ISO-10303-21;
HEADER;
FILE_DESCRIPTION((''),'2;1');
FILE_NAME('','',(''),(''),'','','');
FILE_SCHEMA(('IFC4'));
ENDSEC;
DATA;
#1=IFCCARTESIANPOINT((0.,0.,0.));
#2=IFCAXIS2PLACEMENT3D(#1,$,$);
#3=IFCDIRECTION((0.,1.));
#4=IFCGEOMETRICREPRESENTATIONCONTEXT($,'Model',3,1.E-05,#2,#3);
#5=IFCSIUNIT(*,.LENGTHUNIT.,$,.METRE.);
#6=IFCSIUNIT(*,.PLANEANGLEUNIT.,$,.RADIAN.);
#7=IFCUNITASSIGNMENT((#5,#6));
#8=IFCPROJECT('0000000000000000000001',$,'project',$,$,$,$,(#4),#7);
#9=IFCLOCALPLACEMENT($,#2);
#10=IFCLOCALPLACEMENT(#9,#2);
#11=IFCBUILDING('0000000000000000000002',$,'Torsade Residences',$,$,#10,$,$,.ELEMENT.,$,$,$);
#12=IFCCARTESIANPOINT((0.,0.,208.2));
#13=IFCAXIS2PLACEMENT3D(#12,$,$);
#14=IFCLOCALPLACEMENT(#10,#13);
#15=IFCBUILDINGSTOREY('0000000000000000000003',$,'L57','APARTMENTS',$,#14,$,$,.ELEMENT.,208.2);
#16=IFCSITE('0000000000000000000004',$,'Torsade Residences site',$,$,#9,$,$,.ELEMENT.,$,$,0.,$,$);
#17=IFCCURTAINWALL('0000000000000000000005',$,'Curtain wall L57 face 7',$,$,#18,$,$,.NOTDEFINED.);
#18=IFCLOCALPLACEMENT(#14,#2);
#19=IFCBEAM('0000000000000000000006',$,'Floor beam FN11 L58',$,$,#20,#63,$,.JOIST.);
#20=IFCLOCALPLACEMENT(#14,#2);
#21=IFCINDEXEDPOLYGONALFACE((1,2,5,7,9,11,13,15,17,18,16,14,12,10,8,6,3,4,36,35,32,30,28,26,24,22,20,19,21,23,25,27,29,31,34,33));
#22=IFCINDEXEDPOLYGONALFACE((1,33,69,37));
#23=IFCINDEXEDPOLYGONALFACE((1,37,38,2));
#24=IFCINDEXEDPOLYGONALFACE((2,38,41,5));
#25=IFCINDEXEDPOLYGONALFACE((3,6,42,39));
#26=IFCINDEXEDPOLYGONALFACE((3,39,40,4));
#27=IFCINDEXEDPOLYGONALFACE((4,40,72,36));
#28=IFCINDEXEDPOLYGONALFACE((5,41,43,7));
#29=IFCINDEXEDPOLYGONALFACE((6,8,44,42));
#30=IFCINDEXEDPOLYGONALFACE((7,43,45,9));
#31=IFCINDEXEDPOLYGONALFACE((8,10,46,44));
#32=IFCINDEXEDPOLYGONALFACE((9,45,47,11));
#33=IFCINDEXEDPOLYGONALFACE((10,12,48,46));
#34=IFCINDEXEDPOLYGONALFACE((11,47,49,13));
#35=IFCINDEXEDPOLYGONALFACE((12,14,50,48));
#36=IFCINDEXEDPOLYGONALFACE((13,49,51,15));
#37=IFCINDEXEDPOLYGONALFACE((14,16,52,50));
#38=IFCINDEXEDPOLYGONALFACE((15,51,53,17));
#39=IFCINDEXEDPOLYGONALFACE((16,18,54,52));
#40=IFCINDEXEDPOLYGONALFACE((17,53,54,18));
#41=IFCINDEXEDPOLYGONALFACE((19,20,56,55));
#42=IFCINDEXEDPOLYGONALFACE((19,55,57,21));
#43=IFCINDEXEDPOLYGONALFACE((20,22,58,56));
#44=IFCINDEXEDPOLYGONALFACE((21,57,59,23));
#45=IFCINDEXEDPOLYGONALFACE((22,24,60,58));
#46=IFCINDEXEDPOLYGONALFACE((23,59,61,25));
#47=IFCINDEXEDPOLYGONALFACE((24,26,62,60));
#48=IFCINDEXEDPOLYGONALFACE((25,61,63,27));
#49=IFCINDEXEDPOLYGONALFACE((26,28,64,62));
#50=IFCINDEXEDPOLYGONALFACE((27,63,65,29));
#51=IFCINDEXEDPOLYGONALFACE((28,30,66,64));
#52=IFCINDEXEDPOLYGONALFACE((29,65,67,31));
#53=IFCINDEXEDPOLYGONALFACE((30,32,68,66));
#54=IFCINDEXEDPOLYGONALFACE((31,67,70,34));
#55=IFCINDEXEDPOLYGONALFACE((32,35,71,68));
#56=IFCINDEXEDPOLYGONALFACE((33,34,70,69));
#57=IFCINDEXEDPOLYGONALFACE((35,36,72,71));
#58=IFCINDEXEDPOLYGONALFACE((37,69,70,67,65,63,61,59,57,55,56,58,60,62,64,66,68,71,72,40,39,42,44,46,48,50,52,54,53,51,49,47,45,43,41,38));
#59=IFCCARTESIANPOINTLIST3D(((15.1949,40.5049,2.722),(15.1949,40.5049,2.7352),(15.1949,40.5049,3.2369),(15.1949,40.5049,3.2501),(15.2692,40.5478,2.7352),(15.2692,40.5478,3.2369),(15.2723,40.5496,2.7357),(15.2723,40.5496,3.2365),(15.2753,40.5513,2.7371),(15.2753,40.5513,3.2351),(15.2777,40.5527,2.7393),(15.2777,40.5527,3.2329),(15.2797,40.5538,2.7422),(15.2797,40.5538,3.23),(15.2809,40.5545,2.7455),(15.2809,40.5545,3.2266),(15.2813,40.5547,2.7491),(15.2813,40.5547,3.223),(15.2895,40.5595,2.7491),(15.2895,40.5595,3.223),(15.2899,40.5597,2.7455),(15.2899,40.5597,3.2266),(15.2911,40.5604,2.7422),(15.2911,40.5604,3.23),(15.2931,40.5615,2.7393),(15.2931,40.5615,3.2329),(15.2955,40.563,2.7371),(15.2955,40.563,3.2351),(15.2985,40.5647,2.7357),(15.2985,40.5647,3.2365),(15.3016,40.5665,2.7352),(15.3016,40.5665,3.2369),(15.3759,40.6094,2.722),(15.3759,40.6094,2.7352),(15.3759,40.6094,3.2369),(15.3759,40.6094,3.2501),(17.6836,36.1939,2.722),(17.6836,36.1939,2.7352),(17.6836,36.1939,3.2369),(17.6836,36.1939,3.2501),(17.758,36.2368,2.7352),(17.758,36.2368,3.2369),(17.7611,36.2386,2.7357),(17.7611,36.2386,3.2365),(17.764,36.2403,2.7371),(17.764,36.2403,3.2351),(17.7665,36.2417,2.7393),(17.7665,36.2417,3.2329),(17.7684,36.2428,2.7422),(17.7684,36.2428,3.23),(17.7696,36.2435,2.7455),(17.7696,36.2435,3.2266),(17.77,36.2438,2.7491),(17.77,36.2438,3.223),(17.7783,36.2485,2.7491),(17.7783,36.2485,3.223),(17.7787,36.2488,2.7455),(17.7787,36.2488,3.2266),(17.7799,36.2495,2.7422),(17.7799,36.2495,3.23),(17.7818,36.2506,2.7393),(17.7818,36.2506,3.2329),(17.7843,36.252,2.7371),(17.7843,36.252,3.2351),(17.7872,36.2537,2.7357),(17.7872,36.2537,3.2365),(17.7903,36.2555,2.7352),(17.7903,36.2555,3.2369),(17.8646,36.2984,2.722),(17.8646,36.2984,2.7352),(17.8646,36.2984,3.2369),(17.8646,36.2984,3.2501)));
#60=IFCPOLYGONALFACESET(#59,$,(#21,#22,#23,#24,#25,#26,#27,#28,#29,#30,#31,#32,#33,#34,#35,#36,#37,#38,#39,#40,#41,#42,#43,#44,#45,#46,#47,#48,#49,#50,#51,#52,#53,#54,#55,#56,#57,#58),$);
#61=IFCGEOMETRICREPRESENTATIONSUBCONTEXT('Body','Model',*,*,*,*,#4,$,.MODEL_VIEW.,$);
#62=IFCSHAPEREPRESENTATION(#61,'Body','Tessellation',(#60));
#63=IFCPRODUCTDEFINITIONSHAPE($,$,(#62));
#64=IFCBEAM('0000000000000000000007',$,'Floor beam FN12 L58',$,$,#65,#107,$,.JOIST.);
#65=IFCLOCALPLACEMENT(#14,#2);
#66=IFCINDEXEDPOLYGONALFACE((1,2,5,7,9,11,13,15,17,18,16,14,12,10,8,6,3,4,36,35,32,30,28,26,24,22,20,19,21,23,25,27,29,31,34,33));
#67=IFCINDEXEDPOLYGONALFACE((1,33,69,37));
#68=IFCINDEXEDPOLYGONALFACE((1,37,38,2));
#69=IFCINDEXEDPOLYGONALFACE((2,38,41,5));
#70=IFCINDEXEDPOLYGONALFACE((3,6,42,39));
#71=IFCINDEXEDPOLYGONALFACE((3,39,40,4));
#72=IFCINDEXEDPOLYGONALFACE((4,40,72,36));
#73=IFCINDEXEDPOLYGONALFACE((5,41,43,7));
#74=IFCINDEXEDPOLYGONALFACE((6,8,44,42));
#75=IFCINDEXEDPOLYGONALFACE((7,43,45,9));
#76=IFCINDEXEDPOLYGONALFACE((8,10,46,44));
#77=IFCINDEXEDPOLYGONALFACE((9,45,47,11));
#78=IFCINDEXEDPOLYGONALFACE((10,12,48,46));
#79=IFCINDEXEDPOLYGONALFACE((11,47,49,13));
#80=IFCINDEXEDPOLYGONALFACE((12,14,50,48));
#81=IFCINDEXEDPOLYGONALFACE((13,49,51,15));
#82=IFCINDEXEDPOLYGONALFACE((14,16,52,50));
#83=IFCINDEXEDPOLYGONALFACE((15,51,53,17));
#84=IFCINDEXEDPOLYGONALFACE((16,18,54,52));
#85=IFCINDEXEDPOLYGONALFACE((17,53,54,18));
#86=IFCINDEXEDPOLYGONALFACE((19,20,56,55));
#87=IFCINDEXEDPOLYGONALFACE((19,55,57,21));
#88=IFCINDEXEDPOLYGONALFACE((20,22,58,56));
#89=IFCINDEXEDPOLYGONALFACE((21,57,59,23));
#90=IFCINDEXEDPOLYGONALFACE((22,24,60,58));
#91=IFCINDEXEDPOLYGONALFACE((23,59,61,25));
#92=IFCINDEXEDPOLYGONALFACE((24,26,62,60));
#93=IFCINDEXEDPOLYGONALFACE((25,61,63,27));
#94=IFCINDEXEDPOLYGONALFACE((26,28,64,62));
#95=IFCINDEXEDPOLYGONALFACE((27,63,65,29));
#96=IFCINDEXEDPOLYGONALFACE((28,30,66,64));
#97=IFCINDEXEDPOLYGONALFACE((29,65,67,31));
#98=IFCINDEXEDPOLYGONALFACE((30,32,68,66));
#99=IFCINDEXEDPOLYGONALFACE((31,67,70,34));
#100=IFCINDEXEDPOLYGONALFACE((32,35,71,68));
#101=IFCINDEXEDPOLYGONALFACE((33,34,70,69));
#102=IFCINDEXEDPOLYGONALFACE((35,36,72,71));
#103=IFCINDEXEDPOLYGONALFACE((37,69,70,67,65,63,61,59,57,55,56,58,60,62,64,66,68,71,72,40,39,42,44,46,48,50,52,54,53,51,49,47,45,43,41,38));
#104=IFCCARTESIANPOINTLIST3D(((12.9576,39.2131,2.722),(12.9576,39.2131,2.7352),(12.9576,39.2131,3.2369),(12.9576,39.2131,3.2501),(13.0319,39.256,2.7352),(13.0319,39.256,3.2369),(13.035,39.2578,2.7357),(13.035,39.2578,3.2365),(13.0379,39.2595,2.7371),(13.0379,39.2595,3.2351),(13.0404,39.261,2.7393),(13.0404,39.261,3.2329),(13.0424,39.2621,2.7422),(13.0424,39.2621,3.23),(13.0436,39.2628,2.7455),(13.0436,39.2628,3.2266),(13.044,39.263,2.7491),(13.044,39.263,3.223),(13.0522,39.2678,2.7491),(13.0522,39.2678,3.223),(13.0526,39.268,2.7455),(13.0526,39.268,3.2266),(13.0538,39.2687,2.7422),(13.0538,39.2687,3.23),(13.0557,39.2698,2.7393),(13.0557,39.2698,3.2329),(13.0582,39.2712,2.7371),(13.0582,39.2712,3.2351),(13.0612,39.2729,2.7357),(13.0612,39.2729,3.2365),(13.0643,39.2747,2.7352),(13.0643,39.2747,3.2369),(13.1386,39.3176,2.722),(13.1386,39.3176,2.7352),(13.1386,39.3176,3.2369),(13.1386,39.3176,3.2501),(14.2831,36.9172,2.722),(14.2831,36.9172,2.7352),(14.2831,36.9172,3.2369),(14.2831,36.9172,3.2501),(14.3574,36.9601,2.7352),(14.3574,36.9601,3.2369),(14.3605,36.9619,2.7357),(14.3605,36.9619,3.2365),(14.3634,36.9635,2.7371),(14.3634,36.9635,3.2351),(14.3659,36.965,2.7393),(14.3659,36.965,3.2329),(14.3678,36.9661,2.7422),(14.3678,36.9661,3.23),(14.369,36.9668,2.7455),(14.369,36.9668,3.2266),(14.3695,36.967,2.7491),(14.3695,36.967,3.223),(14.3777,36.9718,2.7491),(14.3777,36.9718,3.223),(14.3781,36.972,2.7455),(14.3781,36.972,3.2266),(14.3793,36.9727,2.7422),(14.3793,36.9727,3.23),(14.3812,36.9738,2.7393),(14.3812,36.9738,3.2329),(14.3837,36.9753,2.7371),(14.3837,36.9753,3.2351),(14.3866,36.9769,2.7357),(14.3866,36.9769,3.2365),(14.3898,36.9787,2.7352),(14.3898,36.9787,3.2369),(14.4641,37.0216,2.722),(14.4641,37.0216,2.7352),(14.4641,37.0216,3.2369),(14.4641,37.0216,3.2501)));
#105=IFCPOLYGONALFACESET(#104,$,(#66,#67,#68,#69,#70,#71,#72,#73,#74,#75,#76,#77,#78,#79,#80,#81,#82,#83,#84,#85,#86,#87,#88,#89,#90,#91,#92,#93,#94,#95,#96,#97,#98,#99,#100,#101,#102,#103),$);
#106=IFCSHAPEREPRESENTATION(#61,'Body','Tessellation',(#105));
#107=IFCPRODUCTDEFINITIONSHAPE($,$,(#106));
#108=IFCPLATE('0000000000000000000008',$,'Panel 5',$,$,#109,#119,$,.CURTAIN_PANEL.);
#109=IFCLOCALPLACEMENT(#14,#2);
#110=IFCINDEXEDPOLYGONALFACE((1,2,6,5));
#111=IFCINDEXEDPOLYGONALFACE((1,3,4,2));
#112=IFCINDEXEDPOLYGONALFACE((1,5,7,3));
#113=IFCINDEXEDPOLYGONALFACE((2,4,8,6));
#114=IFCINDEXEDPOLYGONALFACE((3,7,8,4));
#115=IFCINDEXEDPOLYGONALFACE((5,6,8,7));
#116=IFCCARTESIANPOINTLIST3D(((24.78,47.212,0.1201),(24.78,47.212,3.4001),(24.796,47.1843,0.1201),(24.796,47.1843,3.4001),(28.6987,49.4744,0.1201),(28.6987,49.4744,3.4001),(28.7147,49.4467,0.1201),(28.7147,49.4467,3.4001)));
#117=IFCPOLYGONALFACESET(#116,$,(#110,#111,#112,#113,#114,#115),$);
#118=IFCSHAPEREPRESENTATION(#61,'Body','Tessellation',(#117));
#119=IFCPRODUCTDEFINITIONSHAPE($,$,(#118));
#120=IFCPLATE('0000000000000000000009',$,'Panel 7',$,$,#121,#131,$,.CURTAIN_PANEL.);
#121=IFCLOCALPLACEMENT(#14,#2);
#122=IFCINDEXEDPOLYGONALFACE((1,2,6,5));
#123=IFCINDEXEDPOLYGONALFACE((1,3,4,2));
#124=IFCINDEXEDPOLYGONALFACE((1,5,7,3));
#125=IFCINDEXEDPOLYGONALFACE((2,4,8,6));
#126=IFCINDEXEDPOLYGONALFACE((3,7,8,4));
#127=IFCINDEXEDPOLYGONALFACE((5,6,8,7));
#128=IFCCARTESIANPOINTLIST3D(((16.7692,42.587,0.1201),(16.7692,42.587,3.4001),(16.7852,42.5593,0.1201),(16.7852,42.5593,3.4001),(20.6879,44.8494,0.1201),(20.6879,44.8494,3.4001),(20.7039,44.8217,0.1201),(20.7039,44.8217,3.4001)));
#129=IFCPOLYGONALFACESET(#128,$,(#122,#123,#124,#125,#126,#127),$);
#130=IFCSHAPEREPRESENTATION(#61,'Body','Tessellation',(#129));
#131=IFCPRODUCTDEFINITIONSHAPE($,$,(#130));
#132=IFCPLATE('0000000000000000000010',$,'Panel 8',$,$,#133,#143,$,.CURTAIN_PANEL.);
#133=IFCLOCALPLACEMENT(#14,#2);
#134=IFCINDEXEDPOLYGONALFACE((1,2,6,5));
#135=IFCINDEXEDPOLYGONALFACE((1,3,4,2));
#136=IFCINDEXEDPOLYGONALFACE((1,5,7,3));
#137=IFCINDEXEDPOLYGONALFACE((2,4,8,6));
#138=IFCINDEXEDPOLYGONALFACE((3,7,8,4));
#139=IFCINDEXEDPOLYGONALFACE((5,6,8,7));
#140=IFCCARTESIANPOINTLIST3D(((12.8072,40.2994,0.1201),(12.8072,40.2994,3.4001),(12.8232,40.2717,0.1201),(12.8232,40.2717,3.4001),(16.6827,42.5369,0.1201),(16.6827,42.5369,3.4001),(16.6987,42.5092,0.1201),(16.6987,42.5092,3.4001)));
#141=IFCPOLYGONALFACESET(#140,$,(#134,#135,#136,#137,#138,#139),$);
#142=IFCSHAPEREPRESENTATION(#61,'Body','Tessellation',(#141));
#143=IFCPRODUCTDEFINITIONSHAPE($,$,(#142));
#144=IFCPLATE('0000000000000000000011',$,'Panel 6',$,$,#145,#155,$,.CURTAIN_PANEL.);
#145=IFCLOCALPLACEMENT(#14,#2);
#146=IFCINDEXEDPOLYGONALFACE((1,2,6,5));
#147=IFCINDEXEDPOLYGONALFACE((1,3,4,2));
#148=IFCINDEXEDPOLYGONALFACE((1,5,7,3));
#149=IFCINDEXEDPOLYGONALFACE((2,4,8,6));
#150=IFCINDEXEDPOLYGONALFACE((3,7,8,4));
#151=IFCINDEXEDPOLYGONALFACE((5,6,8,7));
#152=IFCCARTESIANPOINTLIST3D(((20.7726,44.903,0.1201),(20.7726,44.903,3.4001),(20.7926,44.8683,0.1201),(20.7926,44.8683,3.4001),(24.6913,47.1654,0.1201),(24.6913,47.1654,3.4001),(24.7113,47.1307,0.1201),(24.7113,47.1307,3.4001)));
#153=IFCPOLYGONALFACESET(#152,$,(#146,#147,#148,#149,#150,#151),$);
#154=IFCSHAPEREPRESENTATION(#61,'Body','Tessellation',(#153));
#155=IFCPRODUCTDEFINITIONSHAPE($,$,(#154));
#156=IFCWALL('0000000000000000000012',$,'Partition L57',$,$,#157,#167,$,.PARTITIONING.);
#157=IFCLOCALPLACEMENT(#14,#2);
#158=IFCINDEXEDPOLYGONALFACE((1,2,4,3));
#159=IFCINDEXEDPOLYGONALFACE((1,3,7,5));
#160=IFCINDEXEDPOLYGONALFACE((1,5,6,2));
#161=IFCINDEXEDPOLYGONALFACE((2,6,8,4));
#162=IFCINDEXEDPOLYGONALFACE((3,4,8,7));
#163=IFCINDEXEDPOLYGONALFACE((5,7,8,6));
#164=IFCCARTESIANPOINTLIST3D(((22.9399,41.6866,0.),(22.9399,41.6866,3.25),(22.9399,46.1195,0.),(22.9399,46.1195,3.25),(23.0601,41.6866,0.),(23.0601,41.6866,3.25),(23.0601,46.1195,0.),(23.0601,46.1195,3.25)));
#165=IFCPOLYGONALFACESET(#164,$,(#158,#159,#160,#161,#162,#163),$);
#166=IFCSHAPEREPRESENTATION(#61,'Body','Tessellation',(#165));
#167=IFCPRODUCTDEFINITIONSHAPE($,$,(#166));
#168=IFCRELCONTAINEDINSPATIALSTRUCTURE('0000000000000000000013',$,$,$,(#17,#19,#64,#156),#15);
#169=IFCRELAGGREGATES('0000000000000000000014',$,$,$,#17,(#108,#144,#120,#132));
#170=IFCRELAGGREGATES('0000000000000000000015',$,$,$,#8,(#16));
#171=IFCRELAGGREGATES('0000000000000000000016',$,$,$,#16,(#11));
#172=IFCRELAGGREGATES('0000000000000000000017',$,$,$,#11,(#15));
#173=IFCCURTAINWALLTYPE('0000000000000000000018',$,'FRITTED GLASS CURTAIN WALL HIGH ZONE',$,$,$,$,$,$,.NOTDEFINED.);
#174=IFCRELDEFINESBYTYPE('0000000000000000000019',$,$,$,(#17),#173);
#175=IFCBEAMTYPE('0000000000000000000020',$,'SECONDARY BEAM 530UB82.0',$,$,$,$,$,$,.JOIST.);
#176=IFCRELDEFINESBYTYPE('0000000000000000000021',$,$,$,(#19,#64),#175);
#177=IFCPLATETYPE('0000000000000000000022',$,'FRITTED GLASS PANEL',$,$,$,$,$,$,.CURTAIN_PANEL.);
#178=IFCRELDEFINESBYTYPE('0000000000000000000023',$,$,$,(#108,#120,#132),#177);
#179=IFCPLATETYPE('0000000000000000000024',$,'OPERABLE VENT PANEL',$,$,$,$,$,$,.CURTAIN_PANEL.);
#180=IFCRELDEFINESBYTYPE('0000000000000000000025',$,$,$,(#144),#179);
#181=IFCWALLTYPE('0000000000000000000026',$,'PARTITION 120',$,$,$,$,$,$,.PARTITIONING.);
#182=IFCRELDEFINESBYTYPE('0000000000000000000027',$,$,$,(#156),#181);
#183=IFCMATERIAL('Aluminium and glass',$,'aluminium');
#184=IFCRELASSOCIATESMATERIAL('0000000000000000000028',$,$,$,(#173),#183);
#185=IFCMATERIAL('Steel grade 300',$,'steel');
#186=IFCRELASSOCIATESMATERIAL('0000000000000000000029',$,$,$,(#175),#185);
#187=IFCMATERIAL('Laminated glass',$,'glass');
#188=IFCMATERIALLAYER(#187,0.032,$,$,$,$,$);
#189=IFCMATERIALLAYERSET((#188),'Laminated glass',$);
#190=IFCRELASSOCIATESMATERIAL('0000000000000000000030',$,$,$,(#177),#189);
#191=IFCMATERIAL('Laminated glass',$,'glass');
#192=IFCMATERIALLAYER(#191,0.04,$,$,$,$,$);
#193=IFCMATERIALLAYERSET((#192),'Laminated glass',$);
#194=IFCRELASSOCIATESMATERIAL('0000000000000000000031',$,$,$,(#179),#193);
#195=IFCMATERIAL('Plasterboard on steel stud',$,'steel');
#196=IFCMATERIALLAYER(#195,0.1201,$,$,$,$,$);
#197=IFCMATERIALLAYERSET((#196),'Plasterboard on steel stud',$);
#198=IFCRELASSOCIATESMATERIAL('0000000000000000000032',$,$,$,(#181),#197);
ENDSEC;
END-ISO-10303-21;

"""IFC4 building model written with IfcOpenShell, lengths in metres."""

from ifc_helpers import new_model, si_unit, direction, frame, frame_2d, origin, origin_2d, place, context, subcontext, project, spatial, rectangle, i_section, extrude, material, layer, layer_set, material_profile, profile_set, type_object, element, aggregate, save


model = new_model("IFC4")

# Units and contexts
model_context = context("Model", 3, precision=1e-05, world=origin(), true_north=direction((0.0, 1.0)))
body_context = subcontext(model_context, "Body", "Model", "MODEL_VIEW")
ifc_project = project(units=[si_unit("LENGTHUNIT", "METRE"), si_unit("PLANEANGLEUNIT", "RADIAN")], contexts=[model_context])

# Site, building, storey
site_placement = place(None, origin())
site = spatial("IfcSite", under=ifc_project, at=site_placement, Name="Torsade Residences site", CompositionType="ELEMENT", RefElevation=0.0)
building_placement = place(site_placement, origin())
building = spatial("IfcBuilding", under=site, at=building_placement, Name="Torsade Residences", CompositionType="ELEMENT")
storey_placement = place(building_placement, frame((0.0, 0.0, 208.2)))
storey = spatial("IfcBuildingStorey", under=building, at=storey_placement, Name="L57", Description="APARTMENTS", CompositionType="ELEMENT", Elevation=208.2)

# Curtain wall
ifc_material_1 = material(Name="Aluminium and glass", Category="aluminium")
curtain_wall_type = type_object("IfcCurtainWallType", Name="FRITTED GLASS CURTAIN WALL HIGH ZONE", PredefinedType="NOTDEFINED", material=ifc_material_1)
curtain_wall_placement = place(storey_placement, origin())
curtain_wall = element("IfcCurtainWall", 1, at=curtain_wall_placement, inside=storey, type_object=curtain_wall_type, Name="Curtain wall L57 face 7", PredefinedType="NOTDEFINED")

# Beams
ifc_material_2 = material(Name="Steel grade 300", Category="steel")
ifc_material_profile_1 = material_profile(ifc_material_2, i_section(OverallWidth=0.209, OverallDepth=0.5281, WebThickness=0.0095, FlangeThickness=0.0132, FilletRadius=0.0139, at=origin_2d()), Name="530UB82.0")
ifc_profile_set_1 = profile_set([ifc_material_profile_1], Name="Steel grade 300")
beam_type_1 = type_object("IfcBeamType", Name="SECONDARY BEAM 530UB82.0", PredefinedType="JOIST", material=ifc_profile_set_1)
beam_1_placement = place(storey_placement, frame((15.2854, 40.5571, 2.9861), z_axis=(0.499969, -0.866043, 0.0), x_axis=(0.866043, 0.499969, 0.0)))
element("IfcBeam", 2, at=beam_1_placement, inside=storey, type_object=beam_type_1, Name="Floor beam FN11 L58", PredefinedType="JOIST", context=body_context, shape_type="SweptSolid", body=[
    extrude(i_section(OverallWidth=0.209, OverallDepth=0.5281, WebThickness=0.0095, FlangeThickness=0.0132, FilletRadius=0.0139, at=origin_2d()), origin(), (0.0, 0.0, 1.0), 4.9778),
])
beam_2_placement = place(storey_placement, frame((13.0481, 39.2654, 2.9861), z_axis=(0.499972, -0.866041, 0.0), x_axis=(0.866041, 0.499972, 0.0)))
element("IfcBeam", 3, at=beam_2_placement, inside=storey, type_object=beam_type_1, Name="Floor beam FN12 L58", PredefinedType="JOIST", context=body_context, shape_type="SweptSolid", body=[
    extrude(i_section(OverallWidth=0.209, OverallDepth=0.5281, WebThickness=0.0095, FlangeThickness=0.0132, FilletRadius=0.0139, at=origin_2d()), origin(), (0.0, 0.0, 1.0), 2.6511),
])

# Plates
ifc_material_3 = material(Name="Laminated glass", Category="glass")
ifc_layer_1 = layer(ifc_material_3, 0.032)
ifc_layer_set_1 = layer_set([ifc_layer_1], Name="Laminated glass")
plate_type_1 = type_object("IfcPlateType", Name="FRITTED GLASS PANEL", PredefinedType="CURTAIN_PANEL", material=ifc_layer_set_1)
plate_1_placement = place(storey_placement, frame((26.7473, 48.3293, 0.1201), z_axis=(0.0, 0.0, 1.0), x_axis=(-0.866025, -0.5, 0.0)))
plate_1 = element("IfcPlate", 4, at=plate_1_placement, type_object=plate_type_1, Name="Panel 5", PredefinedType="CURTAIN_PANEL", context=body_context, shape_type="SweptSolid", body=[
    extrude(rectangle(XDim=4.5249, YDim=0.032, at=origin_2d()), origin(), (0.0, 0.0, 1.0), 3.28),
])
plate_2_placement = place(storey_placement, frame((18.7366, 43.7043, 0.1201), z_axis=(0.0, 0.0, 1.0), x_axis=(-0.866025, -0.5, 0.0)))
plate_2 = element("IfcPlate", 5, at=plate_2_placement, type_object=plate_type_1, Name="Panel 7", PredefinedType="CURTAIN_PANEL", context=body_context, shape_type="SweptSolid", body=[
    extrude(rectangle(XDim=4.5249, YDim=0.032, at=origin_2d()), origin(), (0.0, 0.0, 1.0), 3.28),
])
plate_3_placement = place(storey_placement, frame((14.7529, 41.4043, 0.1201), z_axis=(0.0, 0.0, 1.0), x_axis=(-0.866025, -0.5, 0.0)))
plate_3 = element("IfcPlate", 6, at=plate_3_placement, type_object=plate_type_1, Name="Panel 8", PredefinedType="CURTAIN_PANEL", context=body_context, shape_type="SweptSolid", body=[
    extrude(rectangle(XDim=4.4751, YDim=0.032, at=origin_2d()), origin(), (0.0, 0.0, 1.0), 3.28),
])
ifc_material_4 = material(Name="Laminated glass", Category="glass")
ifc_layer_2 = layer(ifc_material_4, 0.04)
ifc_layer_set_2 = layer_set([ifc_layer_2], Name="Laminated glass")
plate_type_2 = type_object("IfcPlateType", Name="OPERABLE VENT PANEL", PredefinedType="CURTAIN_PANEL", material=ifc_layer_set_2)
plate_4_placement = place(storey_placement, frame((22.7419, 46.0168, 0.1201), z_axis=(0.0, 0.0, 1.0), x_axis=(-0.866025, -0.5, 0.0)))
plate_4 = element("IfcPlate", 7, at=plate_4_placement, type_object=plate_type_2, Name="Panel 6", PredefinedType="CURTAIN_PANEL", context=body_context, shape_type="SweptSolid", body=[
    extrude(rectangle(XDim=4.5249, YDim=0.04, at=origin_2d()), origin(), (0.0, 0.0, 1.0), 3.28),
])
aggregate(curtain_wall, [plate_1, plate_4, plate_2, plate_3])

# Wall
ifc_material_5 = material(Name="Plasterboard on steel stud", Category="steel")
ifc_layer_3 = layer(ifc_material_5, 0.1201)
ifc_layer_set_3 = layer_set([ifc_layer_3], Name="Plasterboard on steel stud")
wall_type_1 = type_object("IfcWallType", Name="PARTITION 120", PredefinedType="PARTITIONING", material=ifc_layer_set_3)
wall_1_placement = place(storey_placement, frame((23.0, 41.6868, 0.0), z_axis=(0.0, 0.0, 1.0), x_axis=(0.0, 1.0, 0.0)))
element("IfcWall", 8, at=wall_1_placement, inside=storey, type_object=wall_type_1, Name="Partition L57", PredefinedType="PARTITIONING", context=body_context, shape_type="SweptSolid", body=[
    extrude(rectangle(XDim=4.4329, YDim=0.1201, at=frame_2d((2.2163, 0.0))), origin(), (0.0, 0.0, 1.0), 3.25),
])

save(model, "model.ifc")
